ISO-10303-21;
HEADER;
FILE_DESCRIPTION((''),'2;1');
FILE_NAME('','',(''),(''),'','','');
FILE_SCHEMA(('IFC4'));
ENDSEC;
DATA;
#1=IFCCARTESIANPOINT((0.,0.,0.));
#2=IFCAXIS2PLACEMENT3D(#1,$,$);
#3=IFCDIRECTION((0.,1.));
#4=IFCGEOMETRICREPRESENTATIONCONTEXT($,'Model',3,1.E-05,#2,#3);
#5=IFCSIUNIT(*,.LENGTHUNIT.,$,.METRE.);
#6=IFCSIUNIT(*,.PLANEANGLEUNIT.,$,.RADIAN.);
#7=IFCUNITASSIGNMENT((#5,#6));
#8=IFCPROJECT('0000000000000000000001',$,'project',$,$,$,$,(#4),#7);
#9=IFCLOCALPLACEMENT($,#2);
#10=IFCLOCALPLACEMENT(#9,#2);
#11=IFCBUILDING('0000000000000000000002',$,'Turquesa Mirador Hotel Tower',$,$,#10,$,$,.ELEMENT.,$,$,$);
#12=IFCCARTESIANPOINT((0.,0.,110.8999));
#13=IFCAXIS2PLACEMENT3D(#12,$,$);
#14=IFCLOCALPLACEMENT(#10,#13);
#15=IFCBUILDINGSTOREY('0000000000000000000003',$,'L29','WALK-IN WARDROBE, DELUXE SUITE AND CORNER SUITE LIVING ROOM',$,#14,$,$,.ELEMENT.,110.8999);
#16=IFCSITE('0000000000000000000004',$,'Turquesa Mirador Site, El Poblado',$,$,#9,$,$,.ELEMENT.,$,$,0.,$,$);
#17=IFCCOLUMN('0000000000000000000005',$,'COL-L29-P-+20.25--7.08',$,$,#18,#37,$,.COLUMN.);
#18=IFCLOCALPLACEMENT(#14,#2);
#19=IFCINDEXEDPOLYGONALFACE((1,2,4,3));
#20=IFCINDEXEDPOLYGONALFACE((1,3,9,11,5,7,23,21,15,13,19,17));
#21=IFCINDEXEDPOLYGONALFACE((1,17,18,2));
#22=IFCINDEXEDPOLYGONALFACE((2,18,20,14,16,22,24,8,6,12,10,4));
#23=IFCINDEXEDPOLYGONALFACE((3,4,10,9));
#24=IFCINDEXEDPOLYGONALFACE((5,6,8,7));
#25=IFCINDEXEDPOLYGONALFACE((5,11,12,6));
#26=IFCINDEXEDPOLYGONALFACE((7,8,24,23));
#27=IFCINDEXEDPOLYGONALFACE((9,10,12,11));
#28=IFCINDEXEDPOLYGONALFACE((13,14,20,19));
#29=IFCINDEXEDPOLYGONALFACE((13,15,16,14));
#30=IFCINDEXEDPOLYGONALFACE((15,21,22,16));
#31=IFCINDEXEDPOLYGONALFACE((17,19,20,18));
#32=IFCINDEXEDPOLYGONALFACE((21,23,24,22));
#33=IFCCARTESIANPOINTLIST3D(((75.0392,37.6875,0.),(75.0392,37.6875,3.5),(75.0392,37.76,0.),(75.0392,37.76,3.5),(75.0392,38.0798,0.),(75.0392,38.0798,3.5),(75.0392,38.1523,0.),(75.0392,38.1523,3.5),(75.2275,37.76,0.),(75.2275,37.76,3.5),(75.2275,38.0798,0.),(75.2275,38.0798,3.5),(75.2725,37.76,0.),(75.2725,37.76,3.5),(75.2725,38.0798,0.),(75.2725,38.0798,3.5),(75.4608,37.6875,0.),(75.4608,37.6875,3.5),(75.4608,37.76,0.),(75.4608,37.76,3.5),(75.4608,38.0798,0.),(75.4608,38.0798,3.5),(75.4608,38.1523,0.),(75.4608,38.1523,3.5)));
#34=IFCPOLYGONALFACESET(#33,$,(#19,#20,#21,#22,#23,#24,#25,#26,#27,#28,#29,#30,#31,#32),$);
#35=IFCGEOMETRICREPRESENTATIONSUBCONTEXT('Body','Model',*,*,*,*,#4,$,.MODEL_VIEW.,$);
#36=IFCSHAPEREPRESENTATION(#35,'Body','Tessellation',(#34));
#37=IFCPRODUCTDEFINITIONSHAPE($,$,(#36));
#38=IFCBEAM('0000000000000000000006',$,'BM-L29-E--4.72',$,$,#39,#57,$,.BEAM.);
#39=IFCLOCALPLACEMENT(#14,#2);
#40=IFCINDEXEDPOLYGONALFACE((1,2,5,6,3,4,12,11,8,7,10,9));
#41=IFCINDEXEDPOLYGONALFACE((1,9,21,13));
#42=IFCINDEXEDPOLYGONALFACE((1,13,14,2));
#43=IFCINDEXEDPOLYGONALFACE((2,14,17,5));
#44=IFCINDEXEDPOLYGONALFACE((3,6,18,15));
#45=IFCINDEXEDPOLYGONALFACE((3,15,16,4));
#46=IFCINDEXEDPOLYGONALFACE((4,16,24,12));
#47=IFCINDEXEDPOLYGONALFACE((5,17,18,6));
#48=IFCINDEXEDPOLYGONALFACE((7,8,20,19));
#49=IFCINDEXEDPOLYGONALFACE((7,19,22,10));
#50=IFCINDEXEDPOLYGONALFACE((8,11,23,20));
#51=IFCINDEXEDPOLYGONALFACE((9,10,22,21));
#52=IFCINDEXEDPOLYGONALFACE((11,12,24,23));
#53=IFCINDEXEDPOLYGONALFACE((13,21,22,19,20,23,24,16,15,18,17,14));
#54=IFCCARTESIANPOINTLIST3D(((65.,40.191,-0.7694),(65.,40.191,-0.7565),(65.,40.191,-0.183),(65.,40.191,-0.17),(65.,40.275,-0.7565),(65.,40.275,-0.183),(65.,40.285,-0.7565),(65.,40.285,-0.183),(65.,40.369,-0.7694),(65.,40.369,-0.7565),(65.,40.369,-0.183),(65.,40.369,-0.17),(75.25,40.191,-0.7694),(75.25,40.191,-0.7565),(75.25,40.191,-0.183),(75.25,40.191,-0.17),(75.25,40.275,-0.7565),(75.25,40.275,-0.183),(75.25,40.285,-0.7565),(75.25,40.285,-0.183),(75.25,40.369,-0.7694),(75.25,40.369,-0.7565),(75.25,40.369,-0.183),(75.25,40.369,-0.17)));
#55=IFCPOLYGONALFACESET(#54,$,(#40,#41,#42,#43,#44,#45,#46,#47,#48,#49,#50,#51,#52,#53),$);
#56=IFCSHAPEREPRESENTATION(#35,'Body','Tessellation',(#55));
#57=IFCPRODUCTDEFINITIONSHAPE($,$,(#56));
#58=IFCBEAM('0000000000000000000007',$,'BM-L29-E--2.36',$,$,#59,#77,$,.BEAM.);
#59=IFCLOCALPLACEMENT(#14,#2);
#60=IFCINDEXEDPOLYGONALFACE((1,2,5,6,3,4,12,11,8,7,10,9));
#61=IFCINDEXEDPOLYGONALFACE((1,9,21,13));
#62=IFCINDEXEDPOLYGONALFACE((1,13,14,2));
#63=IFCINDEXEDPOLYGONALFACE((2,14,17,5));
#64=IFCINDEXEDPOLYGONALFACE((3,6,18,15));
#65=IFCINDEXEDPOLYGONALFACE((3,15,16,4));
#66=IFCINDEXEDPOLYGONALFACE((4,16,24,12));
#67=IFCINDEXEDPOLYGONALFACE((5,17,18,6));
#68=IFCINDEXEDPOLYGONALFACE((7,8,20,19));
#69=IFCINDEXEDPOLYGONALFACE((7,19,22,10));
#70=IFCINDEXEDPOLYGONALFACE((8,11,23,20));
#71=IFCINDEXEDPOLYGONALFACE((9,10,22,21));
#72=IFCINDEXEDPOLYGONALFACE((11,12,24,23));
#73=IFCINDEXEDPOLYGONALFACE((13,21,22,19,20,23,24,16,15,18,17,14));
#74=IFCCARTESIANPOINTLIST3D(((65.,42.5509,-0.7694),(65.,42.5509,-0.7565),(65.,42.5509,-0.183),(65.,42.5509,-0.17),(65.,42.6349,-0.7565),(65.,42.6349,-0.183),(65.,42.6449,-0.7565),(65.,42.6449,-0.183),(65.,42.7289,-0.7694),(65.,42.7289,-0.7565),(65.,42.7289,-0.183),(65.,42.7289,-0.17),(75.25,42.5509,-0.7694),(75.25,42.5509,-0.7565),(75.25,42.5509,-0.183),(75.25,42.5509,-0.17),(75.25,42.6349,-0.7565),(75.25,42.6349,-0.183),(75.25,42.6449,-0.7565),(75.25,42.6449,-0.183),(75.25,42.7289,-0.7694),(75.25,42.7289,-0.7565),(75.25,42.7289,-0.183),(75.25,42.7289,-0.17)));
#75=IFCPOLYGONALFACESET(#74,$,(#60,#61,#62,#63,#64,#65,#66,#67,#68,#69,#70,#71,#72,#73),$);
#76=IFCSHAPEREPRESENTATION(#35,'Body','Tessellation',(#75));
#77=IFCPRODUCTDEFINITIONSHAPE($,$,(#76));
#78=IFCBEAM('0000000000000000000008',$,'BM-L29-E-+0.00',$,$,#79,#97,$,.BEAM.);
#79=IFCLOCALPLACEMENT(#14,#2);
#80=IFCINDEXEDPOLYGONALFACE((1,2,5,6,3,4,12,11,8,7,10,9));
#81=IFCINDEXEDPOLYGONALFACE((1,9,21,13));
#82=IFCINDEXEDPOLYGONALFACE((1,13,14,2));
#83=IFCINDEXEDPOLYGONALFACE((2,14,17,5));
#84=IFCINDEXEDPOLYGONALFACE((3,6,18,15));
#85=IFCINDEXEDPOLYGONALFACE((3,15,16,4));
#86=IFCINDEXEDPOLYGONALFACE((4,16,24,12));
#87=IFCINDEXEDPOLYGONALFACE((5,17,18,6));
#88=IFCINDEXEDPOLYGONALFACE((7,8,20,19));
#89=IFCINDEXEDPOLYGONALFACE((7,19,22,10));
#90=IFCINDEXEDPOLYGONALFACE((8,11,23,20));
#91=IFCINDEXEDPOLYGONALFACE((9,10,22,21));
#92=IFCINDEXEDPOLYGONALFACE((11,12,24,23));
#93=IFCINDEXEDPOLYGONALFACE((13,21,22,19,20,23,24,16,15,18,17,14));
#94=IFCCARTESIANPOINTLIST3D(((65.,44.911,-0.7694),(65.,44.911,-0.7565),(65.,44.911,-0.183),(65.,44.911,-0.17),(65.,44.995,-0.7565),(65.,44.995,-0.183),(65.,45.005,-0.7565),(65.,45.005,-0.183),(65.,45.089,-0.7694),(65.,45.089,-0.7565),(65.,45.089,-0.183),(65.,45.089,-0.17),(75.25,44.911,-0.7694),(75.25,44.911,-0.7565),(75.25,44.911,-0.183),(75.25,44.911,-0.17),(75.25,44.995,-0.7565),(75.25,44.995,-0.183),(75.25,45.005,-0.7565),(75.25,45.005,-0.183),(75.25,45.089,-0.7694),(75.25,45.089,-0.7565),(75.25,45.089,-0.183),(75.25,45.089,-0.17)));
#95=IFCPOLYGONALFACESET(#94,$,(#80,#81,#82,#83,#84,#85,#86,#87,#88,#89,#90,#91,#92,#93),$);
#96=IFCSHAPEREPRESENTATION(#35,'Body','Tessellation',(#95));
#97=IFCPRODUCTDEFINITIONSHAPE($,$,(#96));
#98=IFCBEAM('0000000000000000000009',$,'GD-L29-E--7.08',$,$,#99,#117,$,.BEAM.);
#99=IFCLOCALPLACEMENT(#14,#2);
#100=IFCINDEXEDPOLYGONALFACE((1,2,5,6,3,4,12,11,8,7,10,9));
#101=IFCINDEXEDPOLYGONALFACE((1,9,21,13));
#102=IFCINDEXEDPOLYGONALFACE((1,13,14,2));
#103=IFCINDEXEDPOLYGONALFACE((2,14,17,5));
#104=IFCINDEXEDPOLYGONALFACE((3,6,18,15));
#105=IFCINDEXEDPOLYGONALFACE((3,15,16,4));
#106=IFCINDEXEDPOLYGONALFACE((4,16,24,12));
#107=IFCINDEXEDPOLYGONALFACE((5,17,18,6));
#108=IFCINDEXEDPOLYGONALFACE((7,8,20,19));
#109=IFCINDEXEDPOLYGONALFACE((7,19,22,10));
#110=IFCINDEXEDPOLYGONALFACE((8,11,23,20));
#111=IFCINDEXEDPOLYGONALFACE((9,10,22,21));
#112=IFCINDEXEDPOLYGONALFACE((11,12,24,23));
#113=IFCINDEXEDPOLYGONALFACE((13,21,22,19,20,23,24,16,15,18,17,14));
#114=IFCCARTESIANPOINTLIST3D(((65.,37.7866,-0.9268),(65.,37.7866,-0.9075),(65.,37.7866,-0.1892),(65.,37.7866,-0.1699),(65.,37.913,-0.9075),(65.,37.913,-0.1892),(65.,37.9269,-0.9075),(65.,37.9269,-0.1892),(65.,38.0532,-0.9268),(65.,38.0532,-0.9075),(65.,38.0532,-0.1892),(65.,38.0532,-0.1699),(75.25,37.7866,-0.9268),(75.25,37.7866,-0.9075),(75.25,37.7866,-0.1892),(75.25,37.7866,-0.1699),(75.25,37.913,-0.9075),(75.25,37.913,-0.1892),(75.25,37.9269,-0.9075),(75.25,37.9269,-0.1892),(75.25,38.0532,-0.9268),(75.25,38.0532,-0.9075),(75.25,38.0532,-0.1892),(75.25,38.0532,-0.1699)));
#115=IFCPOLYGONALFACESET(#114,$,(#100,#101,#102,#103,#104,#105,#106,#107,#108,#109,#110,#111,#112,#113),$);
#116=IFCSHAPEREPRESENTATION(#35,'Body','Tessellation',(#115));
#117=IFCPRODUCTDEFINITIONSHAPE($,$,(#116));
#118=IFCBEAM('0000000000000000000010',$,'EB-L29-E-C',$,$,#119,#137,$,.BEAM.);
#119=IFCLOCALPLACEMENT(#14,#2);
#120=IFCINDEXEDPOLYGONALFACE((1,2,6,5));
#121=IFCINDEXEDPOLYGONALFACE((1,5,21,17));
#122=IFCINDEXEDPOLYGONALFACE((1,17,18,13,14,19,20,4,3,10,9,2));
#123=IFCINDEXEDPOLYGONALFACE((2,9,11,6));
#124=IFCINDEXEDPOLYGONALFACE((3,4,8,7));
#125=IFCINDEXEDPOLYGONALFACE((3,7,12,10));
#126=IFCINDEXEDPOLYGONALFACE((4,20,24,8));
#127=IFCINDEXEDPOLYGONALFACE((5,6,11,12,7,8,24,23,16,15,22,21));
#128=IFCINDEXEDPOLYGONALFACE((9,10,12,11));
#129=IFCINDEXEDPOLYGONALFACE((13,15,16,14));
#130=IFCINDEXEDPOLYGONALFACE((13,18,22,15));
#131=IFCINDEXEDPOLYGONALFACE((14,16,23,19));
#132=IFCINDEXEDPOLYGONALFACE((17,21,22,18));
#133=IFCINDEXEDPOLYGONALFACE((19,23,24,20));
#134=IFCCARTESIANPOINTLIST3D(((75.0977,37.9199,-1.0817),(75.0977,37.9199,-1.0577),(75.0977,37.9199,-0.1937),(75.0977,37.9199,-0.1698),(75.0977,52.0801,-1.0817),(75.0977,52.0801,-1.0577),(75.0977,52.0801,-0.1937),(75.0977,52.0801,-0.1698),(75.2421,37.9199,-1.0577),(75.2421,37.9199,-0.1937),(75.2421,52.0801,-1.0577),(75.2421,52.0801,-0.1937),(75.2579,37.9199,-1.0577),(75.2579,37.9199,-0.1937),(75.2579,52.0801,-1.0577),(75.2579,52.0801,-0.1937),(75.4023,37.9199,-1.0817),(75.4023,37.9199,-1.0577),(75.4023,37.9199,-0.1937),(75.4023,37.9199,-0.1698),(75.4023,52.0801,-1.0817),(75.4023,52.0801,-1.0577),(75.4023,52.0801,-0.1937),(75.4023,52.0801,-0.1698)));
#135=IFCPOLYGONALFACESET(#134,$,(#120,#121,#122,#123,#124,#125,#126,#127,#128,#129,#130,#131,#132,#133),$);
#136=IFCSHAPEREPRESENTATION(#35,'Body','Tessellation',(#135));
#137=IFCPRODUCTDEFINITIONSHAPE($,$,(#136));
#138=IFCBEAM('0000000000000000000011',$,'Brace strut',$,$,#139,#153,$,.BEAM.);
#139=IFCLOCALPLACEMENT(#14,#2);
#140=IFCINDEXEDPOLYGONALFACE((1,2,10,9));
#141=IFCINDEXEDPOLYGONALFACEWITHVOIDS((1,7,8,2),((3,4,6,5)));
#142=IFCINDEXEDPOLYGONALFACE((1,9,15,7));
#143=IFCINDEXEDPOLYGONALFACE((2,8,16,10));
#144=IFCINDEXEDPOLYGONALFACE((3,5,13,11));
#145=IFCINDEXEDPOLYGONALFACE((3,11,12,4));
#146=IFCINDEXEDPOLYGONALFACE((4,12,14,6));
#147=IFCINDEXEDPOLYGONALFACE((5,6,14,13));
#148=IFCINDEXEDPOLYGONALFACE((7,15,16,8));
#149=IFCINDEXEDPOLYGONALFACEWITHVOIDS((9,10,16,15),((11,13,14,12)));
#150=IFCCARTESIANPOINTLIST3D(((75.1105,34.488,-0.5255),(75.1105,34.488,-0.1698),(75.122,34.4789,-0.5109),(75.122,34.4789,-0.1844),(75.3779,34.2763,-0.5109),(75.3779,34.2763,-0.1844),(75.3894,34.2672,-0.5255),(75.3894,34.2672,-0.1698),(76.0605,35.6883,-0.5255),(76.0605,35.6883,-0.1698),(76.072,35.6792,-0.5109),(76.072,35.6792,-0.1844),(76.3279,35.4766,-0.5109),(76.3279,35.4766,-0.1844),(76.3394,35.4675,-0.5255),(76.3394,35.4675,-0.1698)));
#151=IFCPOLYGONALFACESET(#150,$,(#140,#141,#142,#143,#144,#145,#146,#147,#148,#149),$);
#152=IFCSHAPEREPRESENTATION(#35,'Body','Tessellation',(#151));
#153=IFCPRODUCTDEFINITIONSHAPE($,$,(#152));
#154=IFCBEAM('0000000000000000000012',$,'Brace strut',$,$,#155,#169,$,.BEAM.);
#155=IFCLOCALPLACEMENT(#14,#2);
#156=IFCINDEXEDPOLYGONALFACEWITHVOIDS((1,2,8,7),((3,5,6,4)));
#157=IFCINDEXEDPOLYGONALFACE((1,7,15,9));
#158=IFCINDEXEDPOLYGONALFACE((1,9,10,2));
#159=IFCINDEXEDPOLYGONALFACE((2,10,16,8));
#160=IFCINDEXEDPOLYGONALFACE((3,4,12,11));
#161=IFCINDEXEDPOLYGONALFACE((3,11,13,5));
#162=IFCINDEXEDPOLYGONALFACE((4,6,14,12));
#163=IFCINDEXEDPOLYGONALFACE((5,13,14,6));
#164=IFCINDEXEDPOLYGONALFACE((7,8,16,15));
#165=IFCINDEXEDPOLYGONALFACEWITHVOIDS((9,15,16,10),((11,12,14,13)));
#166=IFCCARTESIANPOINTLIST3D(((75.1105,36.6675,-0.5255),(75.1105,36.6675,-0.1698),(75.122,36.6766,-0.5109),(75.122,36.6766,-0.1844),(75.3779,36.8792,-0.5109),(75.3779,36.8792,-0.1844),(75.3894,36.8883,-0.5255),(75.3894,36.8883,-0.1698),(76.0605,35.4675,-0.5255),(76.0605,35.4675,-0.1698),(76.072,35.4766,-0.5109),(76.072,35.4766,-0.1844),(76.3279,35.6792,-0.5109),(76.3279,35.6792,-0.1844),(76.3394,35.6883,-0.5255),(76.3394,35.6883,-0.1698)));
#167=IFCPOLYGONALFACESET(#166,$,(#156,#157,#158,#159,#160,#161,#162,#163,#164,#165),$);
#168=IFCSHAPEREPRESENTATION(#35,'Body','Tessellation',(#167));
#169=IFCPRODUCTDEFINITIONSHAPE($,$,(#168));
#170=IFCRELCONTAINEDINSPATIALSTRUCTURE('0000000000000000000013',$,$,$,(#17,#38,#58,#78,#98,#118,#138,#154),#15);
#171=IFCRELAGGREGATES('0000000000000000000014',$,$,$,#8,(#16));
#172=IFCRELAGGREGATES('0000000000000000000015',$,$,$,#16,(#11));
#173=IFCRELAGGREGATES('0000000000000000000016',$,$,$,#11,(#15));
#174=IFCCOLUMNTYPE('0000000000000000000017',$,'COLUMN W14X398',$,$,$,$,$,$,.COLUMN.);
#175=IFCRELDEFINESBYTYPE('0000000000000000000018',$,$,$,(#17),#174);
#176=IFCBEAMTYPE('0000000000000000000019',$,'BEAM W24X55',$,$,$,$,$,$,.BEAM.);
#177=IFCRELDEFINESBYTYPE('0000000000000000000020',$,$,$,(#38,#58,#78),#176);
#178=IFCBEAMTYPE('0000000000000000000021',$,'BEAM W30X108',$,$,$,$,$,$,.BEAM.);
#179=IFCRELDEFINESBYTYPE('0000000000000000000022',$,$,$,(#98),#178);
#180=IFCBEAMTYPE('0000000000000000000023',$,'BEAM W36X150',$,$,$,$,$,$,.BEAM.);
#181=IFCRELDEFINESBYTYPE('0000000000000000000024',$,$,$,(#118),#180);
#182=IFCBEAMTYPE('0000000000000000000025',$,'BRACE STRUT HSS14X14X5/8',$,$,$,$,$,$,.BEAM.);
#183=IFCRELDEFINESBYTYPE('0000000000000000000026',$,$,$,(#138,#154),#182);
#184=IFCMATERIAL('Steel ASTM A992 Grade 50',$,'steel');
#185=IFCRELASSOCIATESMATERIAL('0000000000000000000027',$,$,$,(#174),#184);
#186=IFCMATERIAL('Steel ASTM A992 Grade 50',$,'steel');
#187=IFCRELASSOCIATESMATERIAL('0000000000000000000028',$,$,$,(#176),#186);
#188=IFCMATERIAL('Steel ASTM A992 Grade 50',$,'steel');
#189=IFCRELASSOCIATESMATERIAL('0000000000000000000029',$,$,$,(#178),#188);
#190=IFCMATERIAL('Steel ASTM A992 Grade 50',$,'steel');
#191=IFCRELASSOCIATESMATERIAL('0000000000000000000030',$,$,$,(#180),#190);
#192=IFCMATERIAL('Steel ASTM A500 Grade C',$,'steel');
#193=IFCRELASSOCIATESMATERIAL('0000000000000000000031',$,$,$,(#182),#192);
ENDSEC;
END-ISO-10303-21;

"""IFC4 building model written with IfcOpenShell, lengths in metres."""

from ifc_helpers import new_model, si_unit, direction, frame, origin, origin_2d, place, context, subcontext, project, spatial, hollow_rectangle, i_section, extrude, material, material_profile, profile_set, type_object, element, save


model = new_model("IFC4")

# Units and contexts
model_context = context("Model", 3, precision=1e-05, world=origin(), true_north=direction((0.0, 1.0)))
body_context = subcontext(model_context, "Body", "Model", "MODEL_VIEW")
ifc_project = project(units=[si_unit("LENGTHUNIT", "METRE"), si_unit("PLANEANGLEUNIT", "RADIAN")], contexts=[model_context])

# Site, building, storey
site_placement = place(None, origin())
site = spatial("IfcSite", under=ifc_project, at=site_placement, Name="Turquesa Mirador Site, El Poblado", CompositionType="ELEMENT", RefElevation=0.0)
building_placement = place(site_placement, origin())
building = spatial("IfcBuilding", under=site, at=building_placement, Name="Turquesa Mirador Hotel Tower", CompositionType="ELEMENT")
storey_placement = place(building_placement, frame((0.0, 0.0, 110.8999)))
storey = spatial("IfcBuildingStorey", under=building, at=storey_placement, Name="L29", Description="WALK-IN WARDROBE, DELUXE SUITE AND CORNER SUITE LIVING ROOM", CompositionType="ELEMENT", Elevation=110.8999)

# Column
ifc_material_1 = material(Name="Steel ASTM A992 Grade 50", Category="steel")
ifc_material_profile_1 = material_profile(ifc_material_1, i_section(OverallWidth=0.4216, OverallDepth=0.4648, WebThickness=0.0449, FlangeThickness=0.0725, at=origin_2d()), Name="W14X398")
ifc_profile_set_1 = profile_set([ifc_material_profile_1], Name="Steel ASTM A992 Grade 50")
column_type = type_object("IfcColumnType", Name="COLUMN W14X398", PredefinedType="COLUMN", material=ifc_profile_set_1)
column_placement = place(storey_placement, frame((75.25, 37.9199, 0.0), z_axis=(0.0, 0.0, 1.0), x_axis=(1.0, 0.0, 0.0)))
element("IfcColumn", 1, at=column_placement, inside=storey, type_object=column_type, Name="COL-L29-P-+20.25--7.08", PredefinedType="COLUMN", context=body_context, shape_type="SweptSolid", body=[
    extrude(i_section(OverallWidth=0.4216, OverallDepth=0.4648, WebThickness=0.0449, FlangeThickness=0.0725, at=origin_2d()), origin(), (0.0, 0.0, 1.0), 3.5),
])

# Beams
ifc_material_2 = material(Name="Steel ASTM A992 Grade 50", Category="steel")
ifc_material_profile_2 = material_profile(ifc_material_2, i_section(OverallWidth=0.178, OverallDepth=0.5994, WebThickness=0.01, FlangeThickness=0.0129, at=origin_2d()), Name="W24X55")
ifc_profile_set_2 = profile_set([ifc_material_profile_2], Name="Steel ASTM A992 Grade 50")
beam_type_1 = type_object("IfcBeamType", Name="BEAM W24X55", PredefinedType="BEAM", material=ifc_profile_set_2)
for number, where, z_axis, x_axis, name in (
    (2, (75.25, 40.28, -0.4697), (-1.0, 0.0, 0.0), (0.0, -1.0, 0.0), "BM-L29-E--4.72"),
    (3, (75.25, 42.6399, -0.4697), (-1.0, 0.0, 0.0), (0.0, -1.0, 0.0), "BM-L29-E--2.36"),
    (4, (75.25, 45.0, -0.4697), (-1.0, 0.0, 0.0), (0.0, -1.0, 0.0), "BM-L29-E-+0.00"),
):
    element("IfcBeam", number, at=place(storey_placement, frame(where, z_axis=z_axis, x_axis=x_axis)), inside=storey, type_object=beam_type_1, Name=name, PredefinedType="BEAM", context=body_context, shape_type="SweptSolid", body=[
        extrude(i_section(OverallWidth=0.178, OverallDepth=0.5994, WebThickness=0.01, FlangeThickness=0.0129, at=origin_2d()), origin(), (0.0, 0.0, 1.0), 10.25),
    ])
ifc_material_3 = material(Name="Steel ASTM A992 Grade 50", Category="steel")
ifc_material_profile_3 = material_profile(ifc_material_3, i_section(OverallWidth=0.2666, OverallDepth=0.7568, WebThickness=0.0139, FlangeThickness=0.0193, at=origin_2d()), Name="W30X108")
ifc_profile_set_3 = profile_set([ifc_material_profile_3], Name="Steel ASTM A992 Grade 50")
beam_type_2 = type_object("IfcBeamType", Name="BEAM W30X108", PredefinedType="BEAM", material=ifc_profile_set_3)
beam_1_placement = place(storey_placement, frame((75.25, 37.9199, -0.5483), z_axis=(-1.0, 0.0, 0.0), x_axis=(0.0, -1.0, 0.0)))
element("IfcBeam", 5, at=beam_1_placement, inside=storey, type_object=beam_type_2, Name="GD-L29-E--7.08", PredefinedType="BEAM", context=body_context, shape_type="SweptSolid", body=[
    extrude(i_section(OverallWidth=0.2666, OverallDepth=0.7568, WebThickness=0.0139, FlangeThickness=0.0193, at=origin_2d()), origin(), (0.0, 0.0, 1.0), 10.25),
])
ifc_material_4 = material(Name="Steel ASTM A992 Grade 50", Category="steel")
ifc_material_profile_4 = material_profile(ifc_material_4, i_section(OverallWidth=0.3047, OverallDepth=0.9119, WebThickness=0.0159, FlangeThickness=0.0239, at=origin_2d()), Name="W36X150")
ifc_profile_set_4 = profile_set([ifc_material_profile_4], Name="Steel ASTM A992 Grade 50")
beam_type_3 = type_object("IfcBeamType", Name="BEAM W36X150", PredefinedType="BEAM", material=ifc_profile_set_4)
beam_2_placement = place(storey_placement, frame((75.25, 37.9199, -0.6257), z_axis=(0.0, 1.0, 0.0), x_axis=(-1.0, 0.0, 0.0)))
element("IfcBeam", 6, at=beam_2_placement, inside=storey, type_object=beam_type_3, Name="EB-L29-E-C", PredefinedType="BEAM", context=body_context, shape_type="SweptSolid", body=[
    extrude(i_section(OverallWidth=0.3047, OverallDepth=0.9119, WebThickness=0.0159, FlangeThickness=0.0239, at=origin_2d()), origin(), (0.0, 0.0, 1.0), 14.1602),
])
ifc_material_5 = material(Name="Steel ASTM A500 Grade C", Category="steel")
ifc_material_profile_5 = material_profile(ifc_material_5, hollow_rectangle(XDim=0.3557, YDim=0.3557, WallThickness=0.0146, at=origin_2d()), Name="HSS14X14X5/8")
ifc_profile_set_5 = profile_set([ifc_material_profile_5], Name="Steel ASTM A500 Grade C")
beam_type_4 = type_object("IfcBeamType", Name="BRACE STRUT HSS14X14X5/8", PredefinedType="BEAM", material=ifc_profile_set_5)
beam_3_placement = place(storey_placement, frame((76.2, 35.5779, -0.3477), z_axis=(-0.620621, -0.784111, 0.0), x_axis=(0.784111, -0.620621, 0.0)))
element("IfcBeam", 7, at=beam_3_placement, inside=storey, type_object=beam_type_4, Name="Brace strut", PredefinedType="BEAM", context=body_context, shape_type="SweptSolid", body=[
    extrude(hollow_rectangle(XDim=0.3557, YDim=0.3557, WallThickness=0.0146, at=origin_2d()), origin(), (0.0, 0.0, 1.0), 1.5308),
])
beam_4_placement = place(storey_placement, frame((76.2, 35.5779, -0.3477), z_axis=(-0.620699, 0.784049, 0.0), x_axis=(-0.784049, -0.620699, 0.0)))
element("IfcBeam", 8, at=beam_4_placement, inside=storey, type_object=beam_type_4, Name="Brace strut", PredefinedType="BEAM", context=body_context, shape_type="SweptSolid", body=[
    extrude(hollow_rectangle(XDim=0.3557, YDim=0.3557, WallThickness=0.0146, at=origin_2d()), origin(), (0.0, 0.0, 1.0), 1.5305),
])

save(model, "model.ifc")
